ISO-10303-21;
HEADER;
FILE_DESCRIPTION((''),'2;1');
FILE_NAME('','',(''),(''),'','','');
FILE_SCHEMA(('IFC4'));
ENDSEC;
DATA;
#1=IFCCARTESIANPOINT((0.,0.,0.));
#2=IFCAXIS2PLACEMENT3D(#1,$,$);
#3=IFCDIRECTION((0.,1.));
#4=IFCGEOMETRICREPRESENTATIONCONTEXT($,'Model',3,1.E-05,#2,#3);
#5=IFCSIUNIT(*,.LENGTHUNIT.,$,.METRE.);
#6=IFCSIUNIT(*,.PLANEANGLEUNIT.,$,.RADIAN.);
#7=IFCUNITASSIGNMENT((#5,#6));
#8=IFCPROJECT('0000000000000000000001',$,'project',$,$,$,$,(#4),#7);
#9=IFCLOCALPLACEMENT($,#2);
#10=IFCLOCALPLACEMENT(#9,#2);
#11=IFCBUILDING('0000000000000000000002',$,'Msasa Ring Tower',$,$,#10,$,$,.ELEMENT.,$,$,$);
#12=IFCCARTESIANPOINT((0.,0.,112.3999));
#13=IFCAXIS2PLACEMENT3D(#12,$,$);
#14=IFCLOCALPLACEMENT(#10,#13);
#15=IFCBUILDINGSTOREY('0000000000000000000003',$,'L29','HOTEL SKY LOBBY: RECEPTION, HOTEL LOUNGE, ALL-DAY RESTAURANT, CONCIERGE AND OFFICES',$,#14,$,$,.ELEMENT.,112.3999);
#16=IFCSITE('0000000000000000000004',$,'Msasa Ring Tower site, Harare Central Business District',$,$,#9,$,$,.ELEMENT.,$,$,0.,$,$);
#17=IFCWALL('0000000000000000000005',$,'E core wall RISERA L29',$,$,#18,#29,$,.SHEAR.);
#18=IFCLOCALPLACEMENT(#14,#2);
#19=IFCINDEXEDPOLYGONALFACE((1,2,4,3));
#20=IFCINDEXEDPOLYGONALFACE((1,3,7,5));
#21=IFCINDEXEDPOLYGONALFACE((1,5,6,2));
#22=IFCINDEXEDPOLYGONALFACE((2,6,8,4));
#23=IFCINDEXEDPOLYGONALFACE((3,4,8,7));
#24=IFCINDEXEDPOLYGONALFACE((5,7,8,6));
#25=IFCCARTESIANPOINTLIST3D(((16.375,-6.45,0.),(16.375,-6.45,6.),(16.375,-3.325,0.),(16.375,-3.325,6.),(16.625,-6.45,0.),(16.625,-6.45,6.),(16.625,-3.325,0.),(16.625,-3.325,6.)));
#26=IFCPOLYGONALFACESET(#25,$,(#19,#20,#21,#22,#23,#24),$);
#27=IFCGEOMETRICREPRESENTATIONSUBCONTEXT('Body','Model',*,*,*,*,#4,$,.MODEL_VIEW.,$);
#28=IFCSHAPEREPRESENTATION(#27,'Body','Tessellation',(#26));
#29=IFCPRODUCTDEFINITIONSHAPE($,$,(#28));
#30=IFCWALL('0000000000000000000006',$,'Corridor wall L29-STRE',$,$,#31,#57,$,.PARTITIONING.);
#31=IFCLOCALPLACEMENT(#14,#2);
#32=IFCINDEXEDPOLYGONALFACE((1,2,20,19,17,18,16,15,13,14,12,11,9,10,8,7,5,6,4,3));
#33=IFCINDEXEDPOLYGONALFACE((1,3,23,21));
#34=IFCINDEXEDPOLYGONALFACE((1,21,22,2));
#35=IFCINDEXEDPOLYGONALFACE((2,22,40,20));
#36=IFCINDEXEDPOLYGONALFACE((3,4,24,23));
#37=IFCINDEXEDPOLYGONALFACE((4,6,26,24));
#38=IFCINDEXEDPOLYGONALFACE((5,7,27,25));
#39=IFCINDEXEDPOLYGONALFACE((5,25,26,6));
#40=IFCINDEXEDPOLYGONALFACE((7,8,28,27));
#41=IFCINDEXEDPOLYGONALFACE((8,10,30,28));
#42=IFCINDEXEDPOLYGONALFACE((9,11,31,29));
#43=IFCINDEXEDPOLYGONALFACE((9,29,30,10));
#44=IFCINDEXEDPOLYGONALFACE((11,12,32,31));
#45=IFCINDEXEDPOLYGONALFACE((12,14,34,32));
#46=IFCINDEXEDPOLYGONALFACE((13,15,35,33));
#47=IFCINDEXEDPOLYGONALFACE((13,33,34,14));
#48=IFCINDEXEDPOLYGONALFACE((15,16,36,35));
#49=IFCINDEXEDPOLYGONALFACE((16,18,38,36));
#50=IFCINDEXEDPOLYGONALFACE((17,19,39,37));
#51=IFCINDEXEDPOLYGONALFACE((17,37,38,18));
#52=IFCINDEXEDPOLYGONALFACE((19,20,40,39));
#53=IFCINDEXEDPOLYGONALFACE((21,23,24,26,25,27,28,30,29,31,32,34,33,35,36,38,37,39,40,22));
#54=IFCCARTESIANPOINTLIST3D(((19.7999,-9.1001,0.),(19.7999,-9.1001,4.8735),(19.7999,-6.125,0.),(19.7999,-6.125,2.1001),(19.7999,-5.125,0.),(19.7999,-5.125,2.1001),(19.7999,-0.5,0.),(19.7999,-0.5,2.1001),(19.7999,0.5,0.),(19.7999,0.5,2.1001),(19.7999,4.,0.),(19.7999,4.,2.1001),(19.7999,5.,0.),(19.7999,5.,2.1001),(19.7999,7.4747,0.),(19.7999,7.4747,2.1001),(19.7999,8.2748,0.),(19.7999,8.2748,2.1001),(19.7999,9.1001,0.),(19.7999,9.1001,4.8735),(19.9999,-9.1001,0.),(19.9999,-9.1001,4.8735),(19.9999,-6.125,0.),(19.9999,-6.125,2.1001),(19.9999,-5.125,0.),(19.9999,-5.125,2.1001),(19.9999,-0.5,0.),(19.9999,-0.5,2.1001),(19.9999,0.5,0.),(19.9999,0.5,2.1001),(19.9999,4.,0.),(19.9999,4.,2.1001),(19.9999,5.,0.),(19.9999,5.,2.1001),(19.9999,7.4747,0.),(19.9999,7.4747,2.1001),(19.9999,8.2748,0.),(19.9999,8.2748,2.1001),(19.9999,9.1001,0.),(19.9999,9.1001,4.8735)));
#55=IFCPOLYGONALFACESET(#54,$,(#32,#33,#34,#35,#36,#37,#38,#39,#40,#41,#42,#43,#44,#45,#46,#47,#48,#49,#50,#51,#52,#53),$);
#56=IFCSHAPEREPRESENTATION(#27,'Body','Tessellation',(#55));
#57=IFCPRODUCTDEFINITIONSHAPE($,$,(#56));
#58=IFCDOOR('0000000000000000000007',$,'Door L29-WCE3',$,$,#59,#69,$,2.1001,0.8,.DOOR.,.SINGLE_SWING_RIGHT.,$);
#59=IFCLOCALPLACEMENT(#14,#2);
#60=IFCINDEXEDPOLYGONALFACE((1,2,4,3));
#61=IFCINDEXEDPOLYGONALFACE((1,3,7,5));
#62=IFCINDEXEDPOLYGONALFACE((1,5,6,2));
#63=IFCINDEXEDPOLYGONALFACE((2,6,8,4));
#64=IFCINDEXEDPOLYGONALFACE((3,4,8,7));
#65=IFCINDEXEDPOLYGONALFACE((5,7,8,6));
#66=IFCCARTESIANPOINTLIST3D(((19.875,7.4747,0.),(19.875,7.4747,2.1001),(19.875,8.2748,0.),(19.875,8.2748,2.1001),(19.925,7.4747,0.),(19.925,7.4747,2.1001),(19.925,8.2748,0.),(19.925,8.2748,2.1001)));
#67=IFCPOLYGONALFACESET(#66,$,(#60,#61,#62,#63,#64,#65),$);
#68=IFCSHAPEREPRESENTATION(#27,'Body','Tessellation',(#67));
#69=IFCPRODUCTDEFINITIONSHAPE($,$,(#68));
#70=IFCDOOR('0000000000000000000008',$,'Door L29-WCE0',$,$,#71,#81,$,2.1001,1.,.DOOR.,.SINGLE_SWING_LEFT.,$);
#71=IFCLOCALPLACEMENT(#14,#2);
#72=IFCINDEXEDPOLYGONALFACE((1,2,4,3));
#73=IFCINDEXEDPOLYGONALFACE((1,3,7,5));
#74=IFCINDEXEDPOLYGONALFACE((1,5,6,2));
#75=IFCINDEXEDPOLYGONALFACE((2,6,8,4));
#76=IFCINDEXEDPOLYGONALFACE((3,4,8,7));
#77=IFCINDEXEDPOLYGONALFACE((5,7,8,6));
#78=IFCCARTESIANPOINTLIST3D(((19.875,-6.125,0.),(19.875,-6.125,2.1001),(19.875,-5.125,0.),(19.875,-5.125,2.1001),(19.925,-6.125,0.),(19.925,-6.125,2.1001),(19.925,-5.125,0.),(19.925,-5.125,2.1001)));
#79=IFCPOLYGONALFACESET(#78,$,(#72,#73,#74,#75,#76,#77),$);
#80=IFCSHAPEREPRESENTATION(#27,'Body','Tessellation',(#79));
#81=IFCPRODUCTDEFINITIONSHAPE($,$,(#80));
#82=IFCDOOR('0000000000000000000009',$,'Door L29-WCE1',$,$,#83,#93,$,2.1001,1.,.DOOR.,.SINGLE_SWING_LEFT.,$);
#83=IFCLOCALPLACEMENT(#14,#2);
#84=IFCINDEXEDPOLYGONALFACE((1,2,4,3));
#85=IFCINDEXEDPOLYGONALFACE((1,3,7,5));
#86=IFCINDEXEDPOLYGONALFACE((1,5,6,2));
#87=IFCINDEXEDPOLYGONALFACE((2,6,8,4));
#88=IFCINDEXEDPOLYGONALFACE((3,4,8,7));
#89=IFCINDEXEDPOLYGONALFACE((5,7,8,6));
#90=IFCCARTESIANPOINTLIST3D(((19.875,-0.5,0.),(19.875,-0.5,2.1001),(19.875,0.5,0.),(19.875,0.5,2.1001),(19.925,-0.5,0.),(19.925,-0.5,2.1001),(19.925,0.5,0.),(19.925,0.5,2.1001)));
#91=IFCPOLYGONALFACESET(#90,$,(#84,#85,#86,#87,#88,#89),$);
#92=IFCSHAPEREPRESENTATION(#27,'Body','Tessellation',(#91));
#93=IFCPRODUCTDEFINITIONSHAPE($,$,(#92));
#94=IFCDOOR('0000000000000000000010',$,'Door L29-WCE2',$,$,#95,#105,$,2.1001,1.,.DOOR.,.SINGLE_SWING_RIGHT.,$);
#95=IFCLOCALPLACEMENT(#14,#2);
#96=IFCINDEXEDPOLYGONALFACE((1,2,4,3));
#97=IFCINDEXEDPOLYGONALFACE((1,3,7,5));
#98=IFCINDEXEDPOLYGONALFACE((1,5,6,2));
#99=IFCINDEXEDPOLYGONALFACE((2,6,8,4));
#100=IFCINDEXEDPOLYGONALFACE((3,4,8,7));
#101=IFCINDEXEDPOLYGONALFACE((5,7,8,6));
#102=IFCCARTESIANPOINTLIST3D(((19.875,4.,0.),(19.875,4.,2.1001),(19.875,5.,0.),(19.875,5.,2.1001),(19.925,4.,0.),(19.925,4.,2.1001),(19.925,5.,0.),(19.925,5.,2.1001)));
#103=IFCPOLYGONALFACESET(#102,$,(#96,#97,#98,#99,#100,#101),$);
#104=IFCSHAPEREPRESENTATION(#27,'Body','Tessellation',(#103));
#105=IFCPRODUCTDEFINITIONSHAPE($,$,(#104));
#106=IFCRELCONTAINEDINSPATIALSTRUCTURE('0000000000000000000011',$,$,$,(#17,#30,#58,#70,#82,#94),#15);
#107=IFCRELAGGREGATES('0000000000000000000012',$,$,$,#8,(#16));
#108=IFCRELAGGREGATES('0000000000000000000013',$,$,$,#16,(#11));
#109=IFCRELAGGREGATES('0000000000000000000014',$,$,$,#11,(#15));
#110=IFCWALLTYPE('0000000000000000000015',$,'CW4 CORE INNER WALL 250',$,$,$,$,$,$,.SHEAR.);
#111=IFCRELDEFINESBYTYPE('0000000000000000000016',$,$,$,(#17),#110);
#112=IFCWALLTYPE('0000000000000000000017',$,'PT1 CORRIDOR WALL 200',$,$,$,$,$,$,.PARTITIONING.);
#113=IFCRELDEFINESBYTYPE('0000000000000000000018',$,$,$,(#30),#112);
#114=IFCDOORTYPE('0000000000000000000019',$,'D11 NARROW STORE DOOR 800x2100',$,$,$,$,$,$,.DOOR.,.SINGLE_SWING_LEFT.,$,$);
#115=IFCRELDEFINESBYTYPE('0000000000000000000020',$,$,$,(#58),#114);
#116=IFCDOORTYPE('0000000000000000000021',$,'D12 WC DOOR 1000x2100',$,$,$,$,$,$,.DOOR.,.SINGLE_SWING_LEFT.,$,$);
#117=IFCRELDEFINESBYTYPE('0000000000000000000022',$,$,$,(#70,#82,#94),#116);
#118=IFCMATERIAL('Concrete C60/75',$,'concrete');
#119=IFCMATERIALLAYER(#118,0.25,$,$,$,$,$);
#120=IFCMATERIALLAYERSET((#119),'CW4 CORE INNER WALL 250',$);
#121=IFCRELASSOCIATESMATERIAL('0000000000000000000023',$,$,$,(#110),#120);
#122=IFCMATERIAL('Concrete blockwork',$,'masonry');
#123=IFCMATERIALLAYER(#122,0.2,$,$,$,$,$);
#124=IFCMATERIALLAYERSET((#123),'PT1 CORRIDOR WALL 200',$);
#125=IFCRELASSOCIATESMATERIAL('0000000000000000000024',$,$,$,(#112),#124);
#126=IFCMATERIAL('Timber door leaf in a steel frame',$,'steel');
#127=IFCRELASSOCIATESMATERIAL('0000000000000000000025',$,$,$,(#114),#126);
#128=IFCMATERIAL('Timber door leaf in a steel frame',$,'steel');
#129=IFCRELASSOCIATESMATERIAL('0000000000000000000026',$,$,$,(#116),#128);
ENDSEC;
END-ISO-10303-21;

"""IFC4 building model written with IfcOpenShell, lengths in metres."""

from ifc_helpers import new_model, si_unit, direction, frame, frame_2d, origin, place, context, subcontext, project, spatial, rectangle, extrude, material, layer, layer_set, type_object, element, fill, save


model = new_model("IFC4")

# Units and contexts
model_context = context("Model", 3, precision=1e-05, world=origin(), true_north=direction((0.0, 1.0)))
body_context = subcontext(model_context, "Body", "Model", "MODEL_VIEW")
ifc_project = project(units=[si_unit("LENGTHUNIT", "METRE"), si_unit("PLANEANGLEUNIT", "RADIAN")], contexts=[model_context])

# Site, building, storey
site_placement = place(None, origin())
site = spatial("IfcSite", under=ifc_project, at=site_placement, Name="Msasa Ring Tower site, Harare Central Business District", CompositionType="ELEMENT", RefElevation=0.0)
building_placement = place(site_placement, origin())
building = spatial("IfcBuilding", under=site, at=building_placement, Name="Msasa Ring Tower", CompositionType="ELEMENT")
storey_placement = place(building_placement, frame((0.0, 0.0, 112.3999)))
storey = spatial("IfcBuildingStorey", under=building, at=storey_placement, Name="L29", Description="HOTEL SKY LOBBY: RECEPTION, HOTEL LOUNGE, ALL-DAY RESTAURANT, CONCIERGE AND OFFICES", CompositionType="ELEMENT", Elevation=112.3999)

# Wall
ifc_material_1 = material(Name="Concrete C60/75", Category="concrete")
ifc_layer_1 = layer(ifc_material_1, 0.25)
ifc_layer_set_1 = layer_set([ifc_layer_1], Name="CW4 CORE INNER WALL 250")
wall_type_1 = type_object("IfcWallType", Name="CW4 CORE INNER WALL 250", PredefinedType="SHEAR", material=ifc_layer_set_1)
wall_1_placement = place(storey_placement, frame((16.5, -6.45, 0.0), z_axis=(0.0, 0.0, 1.0), x_axis=(0.0, 1.0, 0.0)))
element("IfcWall", 1, at=wall_1_placement, inside=storey, type_object=wall_type_1, Name="E core wall RISERA L29", PredefinedType="SHEAR", context=body_context, shape_type="SweptSolid", body=[
    extrude(rectangle(XDim=3.125, YDim=0.25, at=frame_2d((1.5625, 0.0))), origin(), (0.0, 0.0, 1.0), 6.0),
])

# Wall, openings, doors
ifc_material_2 = material(Name="Concrete blockwork", Category="masonry")
ifc_layer_2 = layer(ifc_material_2, 0.2)
ifc_layer_set_2 = layer_set([ifc_layer_2], Name="PT1 CORRIDOR WALL 200")
wall_type_2 = type_object("IfcWallType", Name="PT1 CORRIDOR WALL 200", PredefinedType="PARTITIONING", material=ifc_layer_set_2)
wall_2_placement = place(storey_placement, frame((19.8999, -9.1001, 0.0), z_axis=(0.0, 0.0, 1.0), x_axis=(0.0, 1.0, 0.0)))
wall_2 = element("IfcWall", 2, at=wall_2_placement, inside=storey, type_object=wall_type_2, Name="Corridor wall L29-STRE", PredefinedType="PARTITIONING", context=body_context, shape_type="SweptSolid", body=[
    extrude(rectangle(XDim=18.2002, YDim=0.2, at=frame_2d((9.1001, 0.0))), origin(), (0.0, 0.0, 1.0), 4.8735),
])
opening_1_placement = place(wall_2_placement, frame((2.9751, 0.0, 0.0)))
opening_1 = element("IfcOpeningElement", 3, at=opening_1_placement, cuts=wall_2, PredefinedType="OPENING", context=body_context, shape_type="SweptSolid", body=[
    extrude(rectangle(XDim=1.0, YDim=2.1001, at=frame_2d((0.5, 1.05))), frame((0.0, 0.1099, 0.0), z_axis=(0.0, -1.0, 0.0), x_axis=(1.0, 0.0, 0.0)), (0.0, 0.0, 1.0), 0.22),
])
opening_2_placement = place(wall_2_placement, frame((8.6001, 0.0, 0.0)))
opening_2 = element("IfcOpeningElement", 4, at=opening_2_placement, cuts=wall_2, PredefinedType="OPENING", context=body_context, shape_type="SweptSolid", body=[
    extrude(rectangle(XDim=1.0, YDim=2.1001, at=frame_2d((0.5, 1.05))), frame((0.0, 0.1099, 0.0), z_axis=(0.0, -1.0, 0.0), x_axis=(1.0, 0.0, 0.0)), (0.0, 0.0, 1.0), 0.22),
])
opening_3_placement = place(wall_2_placement, frame((13.1001, 0.0, 0.0)))
opening_3 = element("IfcOpeningElement", 5, at=opening_3_placement, cuts=wall_2, PredefinedType="OPENING", context=body_context, shape_type="SweptSolid", body=[
    extrude(rectangle(XDim=1.0, YDim=2.1001, at=frame_2d((0.5, 1.05))), frame((0.0, 0.1099, 0.0), z_axis=(0.0, -1.0, 0.0), x_axis=(1.0, 0.0, 0.0)), (0.0, 0.0, 1.0), 0.22),
])
opening_4_placement = place(wall_2_placement, frame((16.575, 0.0, 0.0)))
opening_4 = element("IfcOpeningElement", 6, at=opening_4_placement, cuts=wall_2, PredefinedType="OPENING", context=body_context, shape_type="SweptSolid", body=[
    extrude(rectangle(XDim=0.8, YDim=2.1001, at=frame_2d((0.3999, 1.05))), frame((0.0, 0.1099, 0.0), z_axis=(0.0, -1.0, 0.0), x_axis=(1.0, 0.0, 0.0)), (0.0, 0.0, 1.0), 0.22),
])
ifc_material_3 = material(Name="Timber door leaf in a steel frame", Category="steel")
door_type_1 = type_object("IfcDoorType", Name="D11 NARROW STORE DOOR 800x2100", OperationType="SINGLE_SWING_LEFT", PredefinedType="DOOR", material=ifc_material_3)
door_1_placement = place(opening_4_placement, origin())
door_1 = element("IfcDoor", 7, at=door_1_placement, inside=storey, type_object=door_type_1, Name="Door L29-WCE3", OperationType="SINGLE_SWING_RIGHT", OverallHeight=2.1001, OverallWidth=0.8, PredefinedType="DOOR", context=body_context, shape_type="SweptSolid", body=[
    extrude(rectangle(XDim=0.8, YDim=2.1001, at=frame_2d((0.3999, 1.05))), frame((0.0, 0.0249, 0.0), z_axis=(0.0, -1.0, 0.0), x_axis=(1.0, 0.0, 0.0)), (0.0, 0.0, 1.0), 0.05),
])
fill(opening_4, door_1)
ifc_material_4 = material(Name="Timber door leaf in a steel frame", Category="steel")
door_type_2 = type_object("IfcDoorType", Name="D12 WC DOOR 1000x2100", OperationType="SINGLE_SWING_LEFT", PredefinedType="DOOR", material=ifc_material_4)
door_2_placement = place(opening_1_placement, origin())
door_2 = element("IfcDoor", 8, at=door_2_placement, inside=storey, type_object=door_type_2, Name="Door L29-WCE0", OperationType="SINGLE_SWING_LEFT", OverallHeight=2.1001, OverallWidth=1.0, PredefinedType="DOOR", context=body_context, shape_type="SweptSolid", body=[
    extrude(rectangle(XDim=1.0, YDim=2.1001, at=frame_2d((0.5, 1.05))), frame((0.0, 0.0249, 0.0), z_axis=(0.0, -1.0, 0.0), x_axis=(1.0, 0.0, 0.0)), (0.0, 0.0, 1.0), 0.05),
])
fill(opening_1, door_2)
door_3_placement = place(opening_2_placement, origin())
door_3 = element("IfcDoor", 9, at=door_3_placement, inside=storey, type_object=door_type_2, Name="Door L29-WCE1", OperationType="SINGLE_SWING_LEFT", OverallHeight=2.1001, OverallWidth=1.0, PredefinedType="DOOR", context=body_context, shape_type="SweptSolid", body=[
    extrude(rectangle(XDim=1.0, YDim=2.1001, at=frame_2d((0.5, 1.05))), frame((0.0, 0.0249, 0.0), z_axis=(0.0, -1.0, 0.0), x_axis=(1.0, 0.0, 0.0)), (0.0, 0.0, 1.0), 0.05),
])
fill(opening_2, door_3)
door_4_placement = place(opening_3_placement, origin())
door_4 = element("IfcDoor", 10, at=door_4_placement, inside=storey, type_object=door_type_2, Name="Door L29-WCE2", OperationType="SINGLE_SWING_RIGHT", OverallHeight=2.1001, OverallWidth=1.0, PredefinedType="DOOR", context=body_context, shape_type="SweptSolid", body=[
    extrude(rectangle(XDim=1.0, YDim=2.1001, at=frame_2d((0.5, 1.05))), frame((0.0, 0.0249, 0.0), z_axis=(0.0, -1.0, 0.0), x_axis=(1.0, 0.0, 0.0)), (0.0, 0.0, 1.0), 0.05),
])
fill(opening_3, door_4)

save(model, "model.ifc")
